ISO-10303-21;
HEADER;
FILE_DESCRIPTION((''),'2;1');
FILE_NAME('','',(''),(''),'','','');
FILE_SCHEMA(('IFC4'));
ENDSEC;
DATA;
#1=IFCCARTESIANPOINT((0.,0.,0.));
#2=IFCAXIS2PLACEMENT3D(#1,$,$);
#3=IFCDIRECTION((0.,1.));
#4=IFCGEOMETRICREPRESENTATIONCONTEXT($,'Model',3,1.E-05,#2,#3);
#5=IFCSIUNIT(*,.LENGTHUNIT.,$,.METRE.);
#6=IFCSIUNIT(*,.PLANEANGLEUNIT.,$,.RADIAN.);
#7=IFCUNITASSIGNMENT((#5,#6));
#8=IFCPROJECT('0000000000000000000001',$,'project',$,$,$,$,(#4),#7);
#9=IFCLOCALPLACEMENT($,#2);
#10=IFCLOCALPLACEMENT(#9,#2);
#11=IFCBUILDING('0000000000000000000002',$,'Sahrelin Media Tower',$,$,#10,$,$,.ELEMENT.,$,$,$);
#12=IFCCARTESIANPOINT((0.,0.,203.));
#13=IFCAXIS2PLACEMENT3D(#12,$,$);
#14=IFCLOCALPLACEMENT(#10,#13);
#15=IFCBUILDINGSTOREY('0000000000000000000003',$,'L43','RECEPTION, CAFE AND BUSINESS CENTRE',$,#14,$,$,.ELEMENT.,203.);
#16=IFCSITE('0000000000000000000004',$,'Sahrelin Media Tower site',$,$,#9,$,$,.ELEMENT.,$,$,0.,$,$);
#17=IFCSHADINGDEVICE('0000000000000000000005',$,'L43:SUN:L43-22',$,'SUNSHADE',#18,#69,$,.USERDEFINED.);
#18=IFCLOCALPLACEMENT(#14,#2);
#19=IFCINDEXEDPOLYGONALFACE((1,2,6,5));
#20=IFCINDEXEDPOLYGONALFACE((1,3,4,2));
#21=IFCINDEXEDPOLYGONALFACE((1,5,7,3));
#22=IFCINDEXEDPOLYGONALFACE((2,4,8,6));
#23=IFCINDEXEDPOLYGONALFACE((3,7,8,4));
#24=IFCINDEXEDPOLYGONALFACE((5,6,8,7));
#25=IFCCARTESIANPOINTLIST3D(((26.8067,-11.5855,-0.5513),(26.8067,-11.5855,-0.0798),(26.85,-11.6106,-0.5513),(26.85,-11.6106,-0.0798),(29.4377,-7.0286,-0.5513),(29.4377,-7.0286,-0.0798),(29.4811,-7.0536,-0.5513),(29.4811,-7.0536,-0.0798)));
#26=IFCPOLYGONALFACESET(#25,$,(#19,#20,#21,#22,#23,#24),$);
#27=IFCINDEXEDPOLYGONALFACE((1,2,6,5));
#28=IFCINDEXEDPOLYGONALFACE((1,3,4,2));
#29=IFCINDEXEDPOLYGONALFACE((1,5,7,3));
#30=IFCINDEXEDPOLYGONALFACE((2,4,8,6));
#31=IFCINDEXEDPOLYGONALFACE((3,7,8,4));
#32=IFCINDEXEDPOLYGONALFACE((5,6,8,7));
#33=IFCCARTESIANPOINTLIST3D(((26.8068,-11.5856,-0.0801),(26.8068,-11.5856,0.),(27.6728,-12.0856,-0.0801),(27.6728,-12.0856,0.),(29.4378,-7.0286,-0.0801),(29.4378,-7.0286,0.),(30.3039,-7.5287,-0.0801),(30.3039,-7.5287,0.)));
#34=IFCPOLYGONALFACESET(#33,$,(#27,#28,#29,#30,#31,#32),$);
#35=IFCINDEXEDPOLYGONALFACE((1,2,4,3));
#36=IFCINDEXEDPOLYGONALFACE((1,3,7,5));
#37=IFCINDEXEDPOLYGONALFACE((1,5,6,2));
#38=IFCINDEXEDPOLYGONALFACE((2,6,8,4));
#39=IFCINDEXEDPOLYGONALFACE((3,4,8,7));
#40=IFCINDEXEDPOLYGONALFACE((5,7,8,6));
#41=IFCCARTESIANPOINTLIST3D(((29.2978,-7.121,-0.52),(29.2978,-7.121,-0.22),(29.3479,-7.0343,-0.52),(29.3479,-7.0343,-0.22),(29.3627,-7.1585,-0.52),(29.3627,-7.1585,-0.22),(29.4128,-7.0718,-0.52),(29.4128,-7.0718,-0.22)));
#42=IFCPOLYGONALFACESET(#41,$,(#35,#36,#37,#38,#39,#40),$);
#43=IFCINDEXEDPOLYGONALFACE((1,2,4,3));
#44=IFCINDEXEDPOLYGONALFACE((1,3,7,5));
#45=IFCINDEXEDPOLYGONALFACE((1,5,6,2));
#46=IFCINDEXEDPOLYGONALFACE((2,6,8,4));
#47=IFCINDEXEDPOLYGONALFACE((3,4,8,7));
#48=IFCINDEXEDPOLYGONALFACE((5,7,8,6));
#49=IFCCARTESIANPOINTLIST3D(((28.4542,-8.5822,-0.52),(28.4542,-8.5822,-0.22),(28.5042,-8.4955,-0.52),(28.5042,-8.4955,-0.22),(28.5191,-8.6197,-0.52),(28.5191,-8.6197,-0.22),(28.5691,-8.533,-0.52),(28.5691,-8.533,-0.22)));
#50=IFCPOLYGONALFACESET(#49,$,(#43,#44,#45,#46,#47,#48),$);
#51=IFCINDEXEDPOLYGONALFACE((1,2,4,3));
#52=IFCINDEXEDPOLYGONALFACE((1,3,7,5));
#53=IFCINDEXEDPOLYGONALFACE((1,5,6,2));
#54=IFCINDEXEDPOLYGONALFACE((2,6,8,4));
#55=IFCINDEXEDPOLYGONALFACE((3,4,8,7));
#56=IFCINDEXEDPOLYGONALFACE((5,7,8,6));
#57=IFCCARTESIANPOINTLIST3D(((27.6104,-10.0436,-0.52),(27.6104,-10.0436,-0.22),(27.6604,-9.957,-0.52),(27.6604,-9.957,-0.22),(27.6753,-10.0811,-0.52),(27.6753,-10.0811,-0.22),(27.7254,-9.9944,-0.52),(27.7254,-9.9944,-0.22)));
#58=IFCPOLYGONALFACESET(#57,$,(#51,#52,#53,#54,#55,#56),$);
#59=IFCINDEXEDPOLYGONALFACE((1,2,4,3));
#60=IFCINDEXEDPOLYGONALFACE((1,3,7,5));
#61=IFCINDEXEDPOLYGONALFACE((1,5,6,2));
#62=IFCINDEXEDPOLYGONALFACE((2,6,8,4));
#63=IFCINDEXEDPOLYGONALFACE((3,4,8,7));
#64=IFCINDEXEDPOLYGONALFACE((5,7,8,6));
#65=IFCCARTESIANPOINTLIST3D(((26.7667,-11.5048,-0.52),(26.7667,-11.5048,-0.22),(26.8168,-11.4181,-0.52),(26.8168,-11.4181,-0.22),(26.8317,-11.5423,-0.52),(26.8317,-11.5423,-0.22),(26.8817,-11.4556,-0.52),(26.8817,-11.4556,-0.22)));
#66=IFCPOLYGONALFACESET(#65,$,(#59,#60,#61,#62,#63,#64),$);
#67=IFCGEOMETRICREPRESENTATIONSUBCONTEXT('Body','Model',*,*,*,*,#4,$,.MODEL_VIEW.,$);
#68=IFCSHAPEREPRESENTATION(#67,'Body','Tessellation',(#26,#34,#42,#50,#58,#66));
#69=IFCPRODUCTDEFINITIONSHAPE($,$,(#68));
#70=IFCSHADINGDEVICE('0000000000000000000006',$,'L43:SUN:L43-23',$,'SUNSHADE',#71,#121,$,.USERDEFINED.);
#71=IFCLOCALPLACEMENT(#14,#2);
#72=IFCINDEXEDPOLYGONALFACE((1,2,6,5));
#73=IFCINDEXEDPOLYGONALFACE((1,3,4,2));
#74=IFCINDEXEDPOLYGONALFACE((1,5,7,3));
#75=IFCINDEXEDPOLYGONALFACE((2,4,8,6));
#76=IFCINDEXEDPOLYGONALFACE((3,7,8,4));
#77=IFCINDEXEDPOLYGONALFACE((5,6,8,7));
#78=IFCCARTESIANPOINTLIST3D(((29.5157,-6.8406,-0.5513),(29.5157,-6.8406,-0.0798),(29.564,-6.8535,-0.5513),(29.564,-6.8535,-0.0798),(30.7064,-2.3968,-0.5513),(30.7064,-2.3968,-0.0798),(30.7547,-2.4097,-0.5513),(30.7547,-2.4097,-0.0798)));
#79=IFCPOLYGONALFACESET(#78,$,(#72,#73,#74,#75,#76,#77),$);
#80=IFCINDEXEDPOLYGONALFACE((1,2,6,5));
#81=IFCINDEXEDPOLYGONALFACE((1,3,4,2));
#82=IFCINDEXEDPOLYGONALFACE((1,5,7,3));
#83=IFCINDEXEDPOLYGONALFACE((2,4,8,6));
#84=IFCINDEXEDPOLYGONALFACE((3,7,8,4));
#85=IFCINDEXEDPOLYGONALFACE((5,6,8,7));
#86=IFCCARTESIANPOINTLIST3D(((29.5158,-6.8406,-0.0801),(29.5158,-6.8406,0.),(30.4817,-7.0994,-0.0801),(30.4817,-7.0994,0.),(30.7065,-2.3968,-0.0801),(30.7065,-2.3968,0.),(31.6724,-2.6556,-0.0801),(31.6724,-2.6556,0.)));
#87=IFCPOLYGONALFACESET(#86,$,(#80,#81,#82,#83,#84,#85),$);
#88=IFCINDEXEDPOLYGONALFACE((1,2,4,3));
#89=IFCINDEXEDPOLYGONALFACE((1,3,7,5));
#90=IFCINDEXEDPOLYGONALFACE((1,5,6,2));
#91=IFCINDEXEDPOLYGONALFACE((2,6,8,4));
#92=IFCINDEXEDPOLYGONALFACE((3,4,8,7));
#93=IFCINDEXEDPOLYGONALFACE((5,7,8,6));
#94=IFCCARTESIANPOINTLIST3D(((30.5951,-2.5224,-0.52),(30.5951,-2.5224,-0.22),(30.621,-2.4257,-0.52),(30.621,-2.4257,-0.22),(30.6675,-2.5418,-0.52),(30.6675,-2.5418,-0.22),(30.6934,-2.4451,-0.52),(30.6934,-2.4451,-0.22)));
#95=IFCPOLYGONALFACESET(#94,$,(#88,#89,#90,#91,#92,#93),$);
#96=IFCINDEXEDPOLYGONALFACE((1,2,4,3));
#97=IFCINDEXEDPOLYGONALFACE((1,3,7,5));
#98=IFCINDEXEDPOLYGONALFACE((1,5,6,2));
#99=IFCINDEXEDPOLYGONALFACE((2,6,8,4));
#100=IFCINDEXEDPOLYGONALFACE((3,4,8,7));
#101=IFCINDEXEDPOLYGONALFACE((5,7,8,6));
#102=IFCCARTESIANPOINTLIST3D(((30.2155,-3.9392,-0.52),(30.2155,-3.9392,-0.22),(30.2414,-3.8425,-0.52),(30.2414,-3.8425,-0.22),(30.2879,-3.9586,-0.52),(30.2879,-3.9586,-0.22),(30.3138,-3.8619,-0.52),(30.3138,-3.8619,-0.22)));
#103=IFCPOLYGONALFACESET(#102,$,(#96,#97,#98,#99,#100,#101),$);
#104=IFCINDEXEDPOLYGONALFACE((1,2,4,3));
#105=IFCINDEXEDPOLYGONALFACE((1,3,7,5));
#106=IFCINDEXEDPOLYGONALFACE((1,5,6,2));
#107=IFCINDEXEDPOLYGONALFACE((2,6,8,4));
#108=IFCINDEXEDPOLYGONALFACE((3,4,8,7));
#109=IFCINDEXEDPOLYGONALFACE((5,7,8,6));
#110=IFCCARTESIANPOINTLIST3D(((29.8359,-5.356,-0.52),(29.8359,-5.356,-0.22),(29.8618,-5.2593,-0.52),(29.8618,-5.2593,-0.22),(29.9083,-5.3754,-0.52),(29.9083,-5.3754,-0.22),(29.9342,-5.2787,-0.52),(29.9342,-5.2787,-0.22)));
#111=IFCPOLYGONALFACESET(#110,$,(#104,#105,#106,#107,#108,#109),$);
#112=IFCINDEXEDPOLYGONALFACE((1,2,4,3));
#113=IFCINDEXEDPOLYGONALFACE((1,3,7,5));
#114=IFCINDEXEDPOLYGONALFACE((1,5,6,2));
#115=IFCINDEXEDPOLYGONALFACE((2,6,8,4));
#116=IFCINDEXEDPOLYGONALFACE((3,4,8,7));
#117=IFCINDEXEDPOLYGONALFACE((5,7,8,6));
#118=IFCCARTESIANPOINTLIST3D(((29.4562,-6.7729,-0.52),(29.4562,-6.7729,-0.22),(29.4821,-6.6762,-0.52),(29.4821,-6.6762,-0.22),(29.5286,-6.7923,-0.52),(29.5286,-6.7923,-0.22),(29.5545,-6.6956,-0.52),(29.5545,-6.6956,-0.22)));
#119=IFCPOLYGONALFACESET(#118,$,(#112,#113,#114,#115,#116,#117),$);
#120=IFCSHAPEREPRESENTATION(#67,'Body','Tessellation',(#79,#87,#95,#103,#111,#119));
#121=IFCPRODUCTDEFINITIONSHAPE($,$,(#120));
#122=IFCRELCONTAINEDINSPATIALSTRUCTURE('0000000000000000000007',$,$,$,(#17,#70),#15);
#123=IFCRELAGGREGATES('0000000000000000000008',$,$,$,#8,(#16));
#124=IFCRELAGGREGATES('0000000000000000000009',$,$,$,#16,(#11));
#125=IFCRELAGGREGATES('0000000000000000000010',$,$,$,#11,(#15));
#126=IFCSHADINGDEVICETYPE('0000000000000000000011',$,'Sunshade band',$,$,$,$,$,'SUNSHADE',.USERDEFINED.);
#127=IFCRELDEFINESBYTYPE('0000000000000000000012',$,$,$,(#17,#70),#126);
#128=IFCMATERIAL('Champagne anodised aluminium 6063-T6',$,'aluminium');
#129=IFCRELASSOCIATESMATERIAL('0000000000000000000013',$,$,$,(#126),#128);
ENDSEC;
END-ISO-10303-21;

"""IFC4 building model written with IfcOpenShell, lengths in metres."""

from ifc_helpers import new_model, si_unit, direction, frame, origin, origin_2d, place, context, subcontext, project, spatial, rectangle, extrude, material, type_object, element, save


model = new_model("IFC4")

# Units and contexts
model_context = context("Model", 3, precision=1e-05, world=origin(), true_north=direction((0.0, 1.0)))
body_context = subcontext(model_context, "Body", "Model", "MODEL_VIEW")
ifc_project = project(units=[si_unit("LENGTHUNIT", "METRE"), si_unit("PLANEANGLEUNIT", "RADIAN")], contexts=[model_context])

# Site, building, storey
site_placement = place(None, origin())
site = spatial("IfcSite", under=ifc_project, at=site_placement, Name="Sahrelin Media Tower site", CompositionType="ELEMENT", RefElevation=0.0)
building_placement = place(site_placement, origin())
building = spatial("IfcBuilding", under=site, at=building_placement, Name="Sahrelin Media Tower", CompositionType="ELEMENT")
storey_placement = place(building_placement, frame((0.0, 0.0, 203.0)))
storey = spatial("IfcBuildingStorey", under=building, at=storey_placement, Name="L43", Description="RECEPTION, CAFE AND BUSINESS CENTRE", CompositionType="ELEMENT", Elevation=203.0)

# Shared definitions
ifc_material_1 = material(Name="Champagne anodised aluminium 6063-T6", Category="aluminium")

# Shading devices
placement_1 = place(storey_placement, frame((28.105, -9.2971, 0.0), z_axis=(0.0, 0.0, 1.0), x_axis=(-0.500011, -0.866019, 0.0)))
placement_2 = place(storey_placement, frame((30.0918, -4.6135, 0.0), z_axis=(0.0, 0.0, 1.0), x_axis=(-0.258808, -0.965929, 0.0)))
shading_device_type_1 = type_object("IfcShadingDeviceType", Name="Sunshade band", ElementType="SUNSHADE", PredefinedType="USERDEFINED", material=ifc_material_1)
element("IfcShadingDevice", 1, at=placement_1, inside=storey, type_object=shading_device_type_1, Name="L43:SUN:L43-22", ObjectType="SUNSHADE", PredefinedType="USERDEFINED", context=body_context, shape_type="SweptSolid", body=[
    extrude(rectangle(XDim=5.262, YDim=0.05, at=origin_2d()), frame((0.0, 0.0449, -0.5513)), (0.0, 0.0, 1.0), 0.4714),
    extrude(rectangle(XDim=5.262, YDim=1.0, at=origin_2d()), frame((0.0, 0.52, -0.0801)), (0.0, 0.0, 1.0), 0.0801),
    extrude(rectangle(XDim=0.1001, YDim=0.075, at=origin_2d()), frame((-2.531, -0.0176, -0.52)), (0.0, 0.0, 1.0), 0.3),
    extrude(rectangle(XDim=0.1001, YDim=0.075, at=origin_2d()), frame((-0.8438, -0.0176, -0.52)), (0.0, 0.0, 1.0), 0.3),
    extrude(rectangle(XDim=0.1001, YDim=0.075, at=origin_2d()), frame((0.8438, -0.0176, -0.52)), (0.0, 0.0, 1.0), 0.3),
    extrude(rectangle(XDim=0.1001, YDim=0.075, at=origin_2d()), frame((2.531, -0.0176, -0.52)), (0.0, 0.0, 1.0), 0.3),
])
element("IfcShadingDevice", 2, at=placement_2, inside=storey, type_object=shading_device_type_1, Name="L43:SUN:L43-23", ObjectType="SUNSHADE", PredefinedType="USERDEFINED", context=body_context, shape_type="SweptSolid", body=[
    extrude(rectangle(XDim=4.6006, YDim=0.05, at=origin_2d()), frame((0.0, 0.0449, -0.5513)), (0.0, 0.0, 1.0), 0.4714),
    extrude(rectangle(XDim=4.6006, YDim=1.0, at=origin_2d()), frame((0.0, 0.52, -0.0801)), (0.0, 0.0, 1.0), 0.0801),
    extrude(rectangle(XDim=0.1001, YDim=0.075, at=origin_2d()), frame((-2.2002, -0.0176, -0.52)), (0.0, 0.0, 1.0), 0.3),
    extrude(rectangle(XDim=0.1001, YDim=0.075, at=origin_2d()), frame((-0.7334, -0.0176, -0.52)), (0.0, 0.0, 1.0), 0.3),
    extrude(rectangle(XDim=0.1001, YDim=0.075, at=origin_2d()), frame((0.7334, -0.0176, -0.52)), (0.0, 0.0, 1.0), 0.3),
    extrude(rectangle(XDim=0.1001, YDim=0.075, at=origin_2d()), frame((2.2002, -0.0176, -0.52)), (0.0, 0.0, 1.0), 0.3),
])

save(model, "model.ifc")
